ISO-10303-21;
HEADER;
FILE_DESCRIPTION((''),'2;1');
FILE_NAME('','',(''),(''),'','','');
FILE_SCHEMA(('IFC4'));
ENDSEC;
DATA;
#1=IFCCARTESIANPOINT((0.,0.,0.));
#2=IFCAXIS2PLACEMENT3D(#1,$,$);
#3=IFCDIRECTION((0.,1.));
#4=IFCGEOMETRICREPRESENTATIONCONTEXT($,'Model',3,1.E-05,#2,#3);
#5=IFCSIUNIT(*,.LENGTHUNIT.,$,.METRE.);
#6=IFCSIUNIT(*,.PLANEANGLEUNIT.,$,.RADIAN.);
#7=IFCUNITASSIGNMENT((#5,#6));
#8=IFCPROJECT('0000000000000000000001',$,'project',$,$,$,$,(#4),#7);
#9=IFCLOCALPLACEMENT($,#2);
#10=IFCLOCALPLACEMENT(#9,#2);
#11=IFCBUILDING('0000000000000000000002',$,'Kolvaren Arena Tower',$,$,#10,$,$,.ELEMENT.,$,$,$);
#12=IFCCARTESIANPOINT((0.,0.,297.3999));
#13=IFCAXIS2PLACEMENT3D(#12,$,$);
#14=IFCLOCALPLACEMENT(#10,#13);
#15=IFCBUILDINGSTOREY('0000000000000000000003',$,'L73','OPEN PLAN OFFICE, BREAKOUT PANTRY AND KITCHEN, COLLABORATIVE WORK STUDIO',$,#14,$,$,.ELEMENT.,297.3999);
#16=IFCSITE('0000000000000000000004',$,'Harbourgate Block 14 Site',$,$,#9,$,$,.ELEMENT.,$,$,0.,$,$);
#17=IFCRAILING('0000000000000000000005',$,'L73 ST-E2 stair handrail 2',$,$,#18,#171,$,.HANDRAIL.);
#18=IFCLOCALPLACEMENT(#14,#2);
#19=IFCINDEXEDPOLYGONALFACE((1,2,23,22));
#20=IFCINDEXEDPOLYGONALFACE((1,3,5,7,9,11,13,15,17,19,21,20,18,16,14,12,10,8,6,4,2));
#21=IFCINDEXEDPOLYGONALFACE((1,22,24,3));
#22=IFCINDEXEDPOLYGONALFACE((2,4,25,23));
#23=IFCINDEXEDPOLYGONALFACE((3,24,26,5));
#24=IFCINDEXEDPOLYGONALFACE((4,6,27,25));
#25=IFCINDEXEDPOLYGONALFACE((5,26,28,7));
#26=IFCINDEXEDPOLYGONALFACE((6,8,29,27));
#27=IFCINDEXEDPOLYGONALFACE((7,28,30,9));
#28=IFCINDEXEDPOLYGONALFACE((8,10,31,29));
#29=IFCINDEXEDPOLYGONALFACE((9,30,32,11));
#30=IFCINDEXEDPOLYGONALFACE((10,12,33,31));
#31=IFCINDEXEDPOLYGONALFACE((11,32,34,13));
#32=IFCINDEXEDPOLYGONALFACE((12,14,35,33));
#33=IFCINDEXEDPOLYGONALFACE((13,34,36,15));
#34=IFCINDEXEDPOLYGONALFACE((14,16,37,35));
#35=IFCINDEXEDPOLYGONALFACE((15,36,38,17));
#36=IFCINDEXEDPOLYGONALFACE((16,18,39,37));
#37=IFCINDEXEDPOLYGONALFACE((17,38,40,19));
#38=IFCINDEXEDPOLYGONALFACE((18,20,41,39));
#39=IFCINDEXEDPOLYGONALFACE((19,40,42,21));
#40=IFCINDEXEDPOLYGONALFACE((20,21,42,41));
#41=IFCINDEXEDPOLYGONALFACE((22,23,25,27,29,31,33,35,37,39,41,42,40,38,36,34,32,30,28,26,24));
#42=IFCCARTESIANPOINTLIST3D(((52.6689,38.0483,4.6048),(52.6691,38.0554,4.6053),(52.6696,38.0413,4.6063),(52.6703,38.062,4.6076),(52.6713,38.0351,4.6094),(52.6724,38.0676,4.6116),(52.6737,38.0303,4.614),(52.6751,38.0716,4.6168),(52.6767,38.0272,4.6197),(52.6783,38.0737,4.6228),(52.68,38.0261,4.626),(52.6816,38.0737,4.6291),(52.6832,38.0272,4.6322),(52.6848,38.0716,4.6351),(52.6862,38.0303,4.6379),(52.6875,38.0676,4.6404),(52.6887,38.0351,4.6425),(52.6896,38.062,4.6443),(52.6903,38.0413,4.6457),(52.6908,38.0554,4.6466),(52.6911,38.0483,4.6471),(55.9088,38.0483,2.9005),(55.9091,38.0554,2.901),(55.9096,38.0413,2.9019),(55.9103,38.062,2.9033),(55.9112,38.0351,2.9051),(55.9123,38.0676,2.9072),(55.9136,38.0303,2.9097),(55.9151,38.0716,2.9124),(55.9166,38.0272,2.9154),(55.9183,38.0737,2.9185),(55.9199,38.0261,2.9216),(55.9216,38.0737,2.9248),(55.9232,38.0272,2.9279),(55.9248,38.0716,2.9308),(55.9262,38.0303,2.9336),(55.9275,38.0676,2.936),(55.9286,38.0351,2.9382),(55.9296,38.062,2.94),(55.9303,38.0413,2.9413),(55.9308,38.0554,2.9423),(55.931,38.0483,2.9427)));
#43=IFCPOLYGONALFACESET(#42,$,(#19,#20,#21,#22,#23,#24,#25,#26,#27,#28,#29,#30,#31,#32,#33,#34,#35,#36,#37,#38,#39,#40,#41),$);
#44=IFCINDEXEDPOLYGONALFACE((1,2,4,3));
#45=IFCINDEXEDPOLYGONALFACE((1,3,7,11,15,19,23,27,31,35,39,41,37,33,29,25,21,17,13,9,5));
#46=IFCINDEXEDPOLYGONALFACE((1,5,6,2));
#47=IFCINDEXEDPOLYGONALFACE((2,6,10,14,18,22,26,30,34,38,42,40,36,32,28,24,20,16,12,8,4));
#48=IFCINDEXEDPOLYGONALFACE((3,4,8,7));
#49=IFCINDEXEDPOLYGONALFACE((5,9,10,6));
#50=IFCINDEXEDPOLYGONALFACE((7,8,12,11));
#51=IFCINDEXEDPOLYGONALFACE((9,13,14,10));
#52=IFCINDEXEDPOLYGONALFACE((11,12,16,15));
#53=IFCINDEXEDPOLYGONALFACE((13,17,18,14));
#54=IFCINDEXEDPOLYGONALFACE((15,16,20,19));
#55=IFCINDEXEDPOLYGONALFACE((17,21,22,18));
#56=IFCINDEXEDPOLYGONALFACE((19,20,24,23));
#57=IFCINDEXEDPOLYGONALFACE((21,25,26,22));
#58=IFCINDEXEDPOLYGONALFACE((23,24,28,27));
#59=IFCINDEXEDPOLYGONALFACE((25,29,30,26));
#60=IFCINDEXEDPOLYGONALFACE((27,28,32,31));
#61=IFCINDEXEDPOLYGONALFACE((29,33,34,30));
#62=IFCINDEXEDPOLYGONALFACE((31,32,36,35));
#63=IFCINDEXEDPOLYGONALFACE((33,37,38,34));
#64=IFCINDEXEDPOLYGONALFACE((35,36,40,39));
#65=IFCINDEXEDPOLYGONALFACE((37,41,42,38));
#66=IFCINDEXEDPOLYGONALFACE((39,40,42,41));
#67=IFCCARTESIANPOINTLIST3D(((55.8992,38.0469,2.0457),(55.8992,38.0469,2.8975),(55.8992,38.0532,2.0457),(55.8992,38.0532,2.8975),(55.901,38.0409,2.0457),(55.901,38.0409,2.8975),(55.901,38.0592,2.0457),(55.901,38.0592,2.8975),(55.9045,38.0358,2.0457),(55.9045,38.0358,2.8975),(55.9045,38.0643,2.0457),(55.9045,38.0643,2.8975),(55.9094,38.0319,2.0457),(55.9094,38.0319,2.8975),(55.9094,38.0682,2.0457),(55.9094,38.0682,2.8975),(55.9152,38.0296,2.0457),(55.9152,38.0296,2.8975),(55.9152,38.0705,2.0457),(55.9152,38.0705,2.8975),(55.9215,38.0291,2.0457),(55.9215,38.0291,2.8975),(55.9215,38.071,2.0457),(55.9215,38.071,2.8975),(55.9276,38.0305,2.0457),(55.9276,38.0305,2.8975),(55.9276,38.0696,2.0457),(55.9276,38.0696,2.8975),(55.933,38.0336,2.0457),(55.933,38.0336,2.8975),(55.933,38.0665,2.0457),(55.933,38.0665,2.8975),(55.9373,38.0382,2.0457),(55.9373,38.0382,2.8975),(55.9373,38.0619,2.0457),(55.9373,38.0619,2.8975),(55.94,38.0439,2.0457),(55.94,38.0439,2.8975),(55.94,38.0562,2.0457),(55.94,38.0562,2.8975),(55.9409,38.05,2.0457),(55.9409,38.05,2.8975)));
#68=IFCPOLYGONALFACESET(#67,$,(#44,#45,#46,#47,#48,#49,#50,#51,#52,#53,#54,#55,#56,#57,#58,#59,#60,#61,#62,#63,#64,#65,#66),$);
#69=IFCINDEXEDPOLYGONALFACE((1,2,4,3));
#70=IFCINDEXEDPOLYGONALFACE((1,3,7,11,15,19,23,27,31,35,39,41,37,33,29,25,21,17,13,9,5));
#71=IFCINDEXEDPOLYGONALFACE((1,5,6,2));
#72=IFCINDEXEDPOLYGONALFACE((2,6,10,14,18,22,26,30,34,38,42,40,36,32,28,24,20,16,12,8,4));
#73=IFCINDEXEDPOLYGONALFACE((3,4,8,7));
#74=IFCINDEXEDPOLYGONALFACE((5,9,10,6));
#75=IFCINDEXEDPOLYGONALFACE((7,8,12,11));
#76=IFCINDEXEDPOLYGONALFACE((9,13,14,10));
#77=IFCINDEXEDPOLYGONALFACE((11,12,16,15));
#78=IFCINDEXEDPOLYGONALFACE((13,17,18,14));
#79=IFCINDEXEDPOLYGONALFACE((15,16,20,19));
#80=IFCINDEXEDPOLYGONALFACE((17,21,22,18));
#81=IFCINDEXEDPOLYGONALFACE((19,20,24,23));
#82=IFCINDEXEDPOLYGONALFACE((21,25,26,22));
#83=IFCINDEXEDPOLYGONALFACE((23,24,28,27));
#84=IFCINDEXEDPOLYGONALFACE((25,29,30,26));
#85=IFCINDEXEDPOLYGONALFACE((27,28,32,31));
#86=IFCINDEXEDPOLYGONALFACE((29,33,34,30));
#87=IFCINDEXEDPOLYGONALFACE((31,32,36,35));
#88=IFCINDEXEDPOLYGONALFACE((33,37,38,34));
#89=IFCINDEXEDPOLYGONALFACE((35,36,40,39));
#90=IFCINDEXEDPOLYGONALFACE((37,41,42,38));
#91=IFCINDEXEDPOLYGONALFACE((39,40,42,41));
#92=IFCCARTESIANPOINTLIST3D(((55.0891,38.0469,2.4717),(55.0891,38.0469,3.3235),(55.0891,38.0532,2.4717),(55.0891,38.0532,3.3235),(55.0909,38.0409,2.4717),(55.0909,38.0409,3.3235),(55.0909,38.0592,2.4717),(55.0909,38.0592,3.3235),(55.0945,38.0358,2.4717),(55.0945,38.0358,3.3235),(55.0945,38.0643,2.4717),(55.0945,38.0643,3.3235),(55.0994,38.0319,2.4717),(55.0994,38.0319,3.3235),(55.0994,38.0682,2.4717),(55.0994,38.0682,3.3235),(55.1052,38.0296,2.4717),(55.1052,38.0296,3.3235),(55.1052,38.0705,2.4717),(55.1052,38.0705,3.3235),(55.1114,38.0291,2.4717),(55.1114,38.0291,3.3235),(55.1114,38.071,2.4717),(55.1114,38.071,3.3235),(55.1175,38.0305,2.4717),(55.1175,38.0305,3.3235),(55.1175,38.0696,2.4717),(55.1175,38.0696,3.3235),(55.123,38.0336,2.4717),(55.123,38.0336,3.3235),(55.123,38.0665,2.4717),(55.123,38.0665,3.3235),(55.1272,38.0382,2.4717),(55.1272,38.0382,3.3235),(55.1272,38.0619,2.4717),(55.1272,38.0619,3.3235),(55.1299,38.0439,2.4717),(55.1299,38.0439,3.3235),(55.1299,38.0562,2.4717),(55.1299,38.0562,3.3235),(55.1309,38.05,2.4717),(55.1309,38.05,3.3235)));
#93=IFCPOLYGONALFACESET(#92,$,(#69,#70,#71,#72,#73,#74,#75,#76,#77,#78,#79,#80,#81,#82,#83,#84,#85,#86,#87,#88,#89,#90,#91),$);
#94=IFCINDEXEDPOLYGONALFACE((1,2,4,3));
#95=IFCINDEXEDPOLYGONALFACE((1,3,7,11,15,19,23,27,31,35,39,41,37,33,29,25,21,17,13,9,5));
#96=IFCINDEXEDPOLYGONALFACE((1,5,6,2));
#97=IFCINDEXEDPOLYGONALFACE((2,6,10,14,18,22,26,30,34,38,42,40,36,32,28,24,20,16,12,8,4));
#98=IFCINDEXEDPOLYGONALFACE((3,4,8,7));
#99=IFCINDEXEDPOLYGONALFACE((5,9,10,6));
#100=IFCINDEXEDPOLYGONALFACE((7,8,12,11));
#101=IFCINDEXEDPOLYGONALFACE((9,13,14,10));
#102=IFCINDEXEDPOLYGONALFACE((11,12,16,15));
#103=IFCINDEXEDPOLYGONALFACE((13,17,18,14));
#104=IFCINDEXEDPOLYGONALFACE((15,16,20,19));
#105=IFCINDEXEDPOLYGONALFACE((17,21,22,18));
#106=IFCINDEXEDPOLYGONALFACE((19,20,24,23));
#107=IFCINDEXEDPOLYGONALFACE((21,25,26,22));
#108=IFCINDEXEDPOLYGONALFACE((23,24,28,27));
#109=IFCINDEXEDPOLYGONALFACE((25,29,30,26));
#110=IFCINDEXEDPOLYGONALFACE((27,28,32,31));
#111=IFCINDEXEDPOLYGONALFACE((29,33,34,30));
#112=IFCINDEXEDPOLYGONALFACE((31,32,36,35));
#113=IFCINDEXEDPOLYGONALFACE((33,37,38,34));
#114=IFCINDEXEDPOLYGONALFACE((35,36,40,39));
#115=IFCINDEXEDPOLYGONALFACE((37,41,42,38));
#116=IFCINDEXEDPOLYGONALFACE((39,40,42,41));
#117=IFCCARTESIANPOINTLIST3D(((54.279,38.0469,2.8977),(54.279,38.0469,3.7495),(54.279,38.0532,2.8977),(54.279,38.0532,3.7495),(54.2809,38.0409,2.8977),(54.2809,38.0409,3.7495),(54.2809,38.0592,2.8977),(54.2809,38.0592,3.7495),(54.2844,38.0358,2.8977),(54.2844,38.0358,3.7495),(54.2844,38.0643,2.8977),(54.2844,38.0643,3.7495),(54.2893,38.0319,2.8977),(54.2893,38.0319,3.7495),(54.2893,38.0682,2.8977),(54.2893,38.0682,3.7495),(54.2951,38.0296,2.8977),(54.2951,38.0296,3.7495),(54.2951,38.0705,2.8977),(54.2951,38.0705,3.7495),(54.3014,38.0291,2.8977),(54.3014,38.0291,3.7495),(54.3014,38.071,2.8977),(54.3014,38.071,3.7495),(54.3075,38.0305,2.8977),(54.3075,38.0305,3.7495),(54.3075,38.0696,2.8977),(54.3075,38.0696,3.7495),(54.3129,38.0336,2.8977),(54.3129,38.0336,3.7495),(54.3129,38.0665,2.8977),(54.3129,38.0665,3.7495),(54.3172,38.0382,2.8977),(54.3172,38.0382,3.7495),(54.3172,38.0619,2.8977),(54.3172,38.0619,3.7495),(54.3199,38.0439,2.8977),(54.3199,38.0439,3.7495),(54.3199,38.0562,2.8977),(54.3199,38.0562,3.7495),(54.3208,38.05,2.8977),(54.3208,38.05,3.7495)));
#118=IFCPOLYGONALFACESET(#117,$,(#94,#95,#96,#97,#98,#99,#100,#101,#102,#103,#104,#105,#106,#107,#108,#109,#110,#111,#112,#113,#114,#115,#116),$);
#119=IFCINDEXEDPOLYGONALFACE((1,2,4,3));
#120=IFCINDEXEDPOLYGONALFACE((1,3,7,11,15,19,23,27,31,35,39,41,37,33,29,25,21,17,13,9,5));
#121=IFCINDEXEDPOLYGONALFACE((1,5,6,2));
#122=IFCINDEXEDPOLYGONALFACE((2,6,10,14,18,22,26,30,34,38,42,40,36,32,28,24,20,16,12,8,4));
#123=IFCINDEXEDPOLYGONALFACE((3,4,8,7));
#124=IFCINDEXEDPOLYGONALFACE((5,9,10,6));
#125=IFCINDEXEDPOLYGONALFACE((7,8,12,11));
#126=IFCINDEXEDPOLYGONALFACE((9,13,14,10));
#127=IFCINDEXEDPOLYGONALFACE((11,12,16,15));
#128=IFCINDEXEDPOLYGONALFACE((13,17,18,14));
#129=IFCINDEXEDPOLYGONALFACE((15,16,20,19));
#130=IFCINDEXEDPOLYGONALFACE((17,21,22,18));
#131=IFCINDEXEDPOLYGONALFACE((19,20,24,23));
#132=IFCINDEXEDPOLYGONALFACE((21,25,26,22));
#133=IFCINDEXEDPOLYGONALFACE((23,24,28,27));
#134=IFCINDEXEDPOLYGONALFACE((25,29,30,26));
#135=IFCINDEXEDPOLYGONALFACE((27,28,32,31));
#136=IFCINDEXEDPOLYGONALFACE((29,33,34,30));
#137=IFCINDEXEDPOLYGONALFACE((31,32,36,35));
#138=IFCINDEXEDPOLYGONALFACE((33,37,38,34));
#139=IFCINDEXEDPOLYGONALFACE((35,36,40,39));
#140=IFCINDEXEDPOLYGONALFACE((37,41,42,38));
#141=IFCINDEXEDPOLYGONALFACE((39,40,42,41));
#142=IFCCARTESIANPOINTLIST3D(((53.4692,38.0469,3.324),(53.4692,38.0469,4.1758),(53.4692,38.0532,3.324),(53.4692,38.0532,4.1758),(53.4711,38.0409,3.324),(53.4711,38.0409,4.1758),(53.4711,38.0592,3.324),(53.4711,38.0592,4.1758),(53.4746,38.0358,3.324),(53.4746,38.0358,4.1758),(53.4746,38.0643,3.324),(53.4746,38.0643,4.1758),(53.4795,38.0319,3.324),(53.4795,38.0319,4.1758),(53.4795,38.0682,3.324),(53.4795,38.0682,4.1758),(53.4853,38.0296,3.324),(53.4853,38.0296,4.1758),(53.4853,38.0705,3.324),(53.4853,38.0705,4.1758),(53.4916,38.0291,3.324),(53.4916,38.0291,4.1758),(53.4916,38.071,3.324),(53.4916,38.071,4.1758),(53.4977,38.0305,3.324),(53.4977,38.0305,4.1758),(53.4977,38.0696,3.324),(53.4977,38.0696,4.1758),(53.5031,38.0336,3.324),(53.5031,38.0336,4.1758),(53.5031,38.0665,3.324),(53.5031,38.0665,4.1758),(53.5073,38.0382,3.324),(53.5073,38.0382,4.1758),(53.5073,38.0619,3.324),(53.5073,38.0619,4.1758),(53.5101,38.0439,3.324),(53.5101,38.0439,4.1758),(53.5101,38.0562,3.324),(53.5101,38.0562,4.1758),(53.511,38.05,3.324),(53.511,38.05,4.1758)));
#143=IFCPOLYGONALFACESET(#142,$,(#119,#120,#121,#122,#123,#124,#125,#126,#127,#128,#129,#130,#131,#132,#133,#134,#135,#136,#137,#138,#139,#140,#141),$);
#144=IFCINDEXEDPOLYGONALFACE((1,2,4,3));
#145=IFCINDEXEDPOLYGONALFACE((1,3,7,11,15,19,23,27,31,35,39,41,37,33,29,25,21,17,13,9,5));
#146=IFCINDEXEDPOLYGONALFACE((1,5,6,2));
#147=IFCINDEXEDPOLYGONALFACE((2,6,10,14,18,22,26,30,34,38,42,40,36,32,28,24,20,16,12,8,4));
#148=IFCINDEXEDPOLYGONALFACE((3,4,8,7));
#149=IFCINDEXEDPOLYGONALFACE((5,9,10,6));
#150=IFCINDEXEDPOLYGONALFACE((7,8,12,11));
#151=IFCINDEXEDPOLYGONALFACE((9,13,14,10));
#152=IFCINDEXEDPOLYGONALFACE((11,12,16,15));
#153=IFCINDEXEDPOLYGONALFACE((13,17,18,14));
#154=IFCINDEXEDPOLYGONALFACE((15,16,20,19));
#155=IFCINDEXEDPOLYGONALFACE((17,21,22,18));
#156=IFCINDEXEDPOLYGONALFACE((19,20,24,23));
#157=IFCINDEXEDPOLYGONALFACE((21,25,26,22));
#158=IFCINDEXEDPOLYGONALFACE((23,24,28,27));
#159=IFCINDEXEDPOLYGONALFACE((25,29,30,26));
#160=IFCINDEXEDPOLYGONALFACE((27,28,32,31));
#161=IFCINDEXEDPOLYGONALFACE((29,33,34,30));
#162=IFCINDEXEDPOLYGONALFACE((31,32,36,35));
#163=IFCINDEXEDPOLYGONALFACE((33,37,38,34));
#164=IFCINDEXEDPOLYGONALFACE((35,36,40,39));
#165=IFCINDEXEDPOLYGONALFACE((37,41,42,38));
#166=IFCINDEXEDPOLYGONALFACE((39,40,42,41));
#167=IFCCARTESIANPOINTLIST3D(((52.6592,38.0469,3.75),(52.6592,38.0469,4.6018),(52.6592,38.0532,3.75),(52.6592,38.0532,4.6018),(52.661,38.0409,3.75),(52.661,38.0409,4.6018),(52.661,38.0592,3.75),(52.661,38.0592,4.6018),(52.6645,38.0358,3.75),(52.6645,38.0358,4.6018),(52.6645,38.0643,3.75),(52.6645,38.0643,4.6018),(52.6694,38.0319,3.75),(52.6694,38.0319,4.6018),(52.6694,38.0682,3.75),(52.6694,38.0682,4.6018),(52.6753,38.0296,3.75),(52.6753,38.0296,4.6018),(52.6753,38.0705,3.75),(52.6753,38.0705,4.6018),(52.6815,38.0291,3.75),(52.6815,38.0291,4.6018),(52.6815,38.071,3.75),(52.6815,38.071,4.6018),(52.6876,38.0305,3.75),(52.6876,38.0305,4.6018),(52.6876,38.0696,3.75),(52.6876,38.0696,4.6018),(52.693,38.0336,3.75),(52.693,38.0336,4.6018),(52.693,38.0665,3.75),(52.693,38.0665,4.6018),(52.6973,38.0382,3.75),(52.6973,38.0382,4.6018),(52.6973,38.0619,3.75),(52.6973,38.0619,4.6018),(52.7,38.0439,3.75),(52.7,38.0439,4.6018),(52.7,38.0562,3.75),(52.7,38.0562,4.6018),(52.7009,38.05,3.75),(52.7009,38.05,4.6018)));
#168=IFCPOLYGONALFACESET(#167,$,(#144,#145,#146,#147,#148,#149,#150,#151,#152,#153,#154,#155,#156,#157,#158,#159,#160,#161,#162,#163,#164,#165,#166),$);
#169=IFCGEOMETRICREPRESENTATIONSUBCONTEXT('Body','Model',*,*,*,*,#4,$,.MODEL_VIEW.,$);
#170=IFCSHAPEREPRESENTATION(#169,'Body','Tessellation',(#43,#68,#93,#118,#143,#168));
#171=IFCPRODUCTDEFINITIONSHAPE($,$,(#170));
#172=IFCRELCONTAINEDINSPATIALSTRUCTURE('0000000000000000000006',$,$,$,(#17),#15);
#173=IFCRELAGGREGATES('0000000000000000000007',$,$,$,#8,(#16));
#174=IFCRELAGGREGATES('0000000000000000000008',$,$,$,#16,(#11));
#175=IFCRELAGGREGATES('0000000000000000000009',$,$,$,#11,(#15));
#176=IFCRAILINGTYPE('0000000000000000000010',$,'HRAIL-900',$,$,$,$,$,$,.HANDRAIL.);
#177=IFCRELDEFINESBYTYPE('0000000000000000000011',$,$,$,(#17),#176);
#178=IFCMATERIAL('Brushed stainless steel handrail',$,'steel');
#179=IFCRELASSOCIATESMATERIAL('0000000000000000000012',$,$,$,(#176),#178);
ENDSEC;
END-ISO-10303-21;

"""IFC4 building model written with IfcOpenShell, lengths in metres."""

from ifc_helpers import new_model, si_unit, direction, frame, origin, origin_2d, place, context, subcontext, project, spatial, circle, extrude, material, type_object, element, save


model = new_model("IFC4")

# Units and contexts
model_context = context("Model", 3, precision=1e-05, world=origin(), true_north=direction((0.0, 1.0)))
body_context = subcontext(model_context, "Body", "Model", "MODEL_VIEW")
ifc_project = project(units=[si_unit("LENGTHUNIT", "METRE"), si_unit("PLANEANGLEUNIT", "RADIAN")], contexts=[model_context])

# Site, building, storey
site_placement = place(None, origin())
site = spatial("IfcSite", under=ifc_project, at=site_placement, Name="Harbourgate Block 14 Site", CompositionType="ELEMENT", RefElevation=0.0)
building_placement = place(site_placement, origin())
building = spatial("IfcBuilding", under=site, at=building_placement, Name="Kolvaren Arena Tower", CompositionType="ELEMENT")
storey_placement = place(building_placement, frame((0.0, 0.0, 297.3999)))
storey = spatial("IfcBuildingStorey", under=building, at=storey_placement, Name="L73", Description="OPEN PLAN OFFICE, BREAKOUT PANTRY AND KITCHEN, COLLABORATIVE WORK STUDIO", CompositionType="ELEMENT", Elevation=297.3999)

# Railing
ifc_material_1 = material(Name="Brushed stainless steel handrail", Category="steel")
railing_type = type_object("IfcRailingType", Name="HRAIL-900", PredefinedType="HANDRAIL", material=ifc_material_1)
railing_placement = place(storey_placement, frame((55.9199, 38.05, 2.0457)))
element("IfcRailing", 1, at=railing_placement, inside=storey, type_object=railing_type, Name="L73 ST-E2 stair handrail 2", PredefinedType="HANDRAIL", context=body_context, shape_type="SweptSolid", body=[
    extrude(circle(Radius=0.0239, at=origin_2d()), frame((0.0, 0.0, 0.876), z_axis=(-0.885021, 0.0, 0.465551), x_axis=(0.0, -1.0, 0.0)), (0.0, 0.0, 1.0), 3.6609),
    extrude(circle(Radius=0.021, at=origin_2d()), origin(), (0.0, 0.0, 1.0), 0.8518),
    extrude(circle(Radius=0.021, at=origin_2d()), frame((-0.8101, 0.0, 0.426)), (0.0, 0.0, 1.0), 0.8518),
    extrude(circle(Radius=0.021, at=origin_2d()), frame((-1.6201, 0.0, 0.8521)), (0.0, 0.0, 1.0), 0.8518),
    extrude(circle(Radius=0.021, at=origin_2d()), frame((-2.4299, 0.0, 1.2783)), (0.0, 0.0, 1.0), 0.8518),
    extrude(circle(Radius=0.021, at=origin_2d()), frame((-3.24, 0.0, 1.7043)), (0.0, 0.0, 1.0), 0.8518),
])

save(model, "model.ifc")
